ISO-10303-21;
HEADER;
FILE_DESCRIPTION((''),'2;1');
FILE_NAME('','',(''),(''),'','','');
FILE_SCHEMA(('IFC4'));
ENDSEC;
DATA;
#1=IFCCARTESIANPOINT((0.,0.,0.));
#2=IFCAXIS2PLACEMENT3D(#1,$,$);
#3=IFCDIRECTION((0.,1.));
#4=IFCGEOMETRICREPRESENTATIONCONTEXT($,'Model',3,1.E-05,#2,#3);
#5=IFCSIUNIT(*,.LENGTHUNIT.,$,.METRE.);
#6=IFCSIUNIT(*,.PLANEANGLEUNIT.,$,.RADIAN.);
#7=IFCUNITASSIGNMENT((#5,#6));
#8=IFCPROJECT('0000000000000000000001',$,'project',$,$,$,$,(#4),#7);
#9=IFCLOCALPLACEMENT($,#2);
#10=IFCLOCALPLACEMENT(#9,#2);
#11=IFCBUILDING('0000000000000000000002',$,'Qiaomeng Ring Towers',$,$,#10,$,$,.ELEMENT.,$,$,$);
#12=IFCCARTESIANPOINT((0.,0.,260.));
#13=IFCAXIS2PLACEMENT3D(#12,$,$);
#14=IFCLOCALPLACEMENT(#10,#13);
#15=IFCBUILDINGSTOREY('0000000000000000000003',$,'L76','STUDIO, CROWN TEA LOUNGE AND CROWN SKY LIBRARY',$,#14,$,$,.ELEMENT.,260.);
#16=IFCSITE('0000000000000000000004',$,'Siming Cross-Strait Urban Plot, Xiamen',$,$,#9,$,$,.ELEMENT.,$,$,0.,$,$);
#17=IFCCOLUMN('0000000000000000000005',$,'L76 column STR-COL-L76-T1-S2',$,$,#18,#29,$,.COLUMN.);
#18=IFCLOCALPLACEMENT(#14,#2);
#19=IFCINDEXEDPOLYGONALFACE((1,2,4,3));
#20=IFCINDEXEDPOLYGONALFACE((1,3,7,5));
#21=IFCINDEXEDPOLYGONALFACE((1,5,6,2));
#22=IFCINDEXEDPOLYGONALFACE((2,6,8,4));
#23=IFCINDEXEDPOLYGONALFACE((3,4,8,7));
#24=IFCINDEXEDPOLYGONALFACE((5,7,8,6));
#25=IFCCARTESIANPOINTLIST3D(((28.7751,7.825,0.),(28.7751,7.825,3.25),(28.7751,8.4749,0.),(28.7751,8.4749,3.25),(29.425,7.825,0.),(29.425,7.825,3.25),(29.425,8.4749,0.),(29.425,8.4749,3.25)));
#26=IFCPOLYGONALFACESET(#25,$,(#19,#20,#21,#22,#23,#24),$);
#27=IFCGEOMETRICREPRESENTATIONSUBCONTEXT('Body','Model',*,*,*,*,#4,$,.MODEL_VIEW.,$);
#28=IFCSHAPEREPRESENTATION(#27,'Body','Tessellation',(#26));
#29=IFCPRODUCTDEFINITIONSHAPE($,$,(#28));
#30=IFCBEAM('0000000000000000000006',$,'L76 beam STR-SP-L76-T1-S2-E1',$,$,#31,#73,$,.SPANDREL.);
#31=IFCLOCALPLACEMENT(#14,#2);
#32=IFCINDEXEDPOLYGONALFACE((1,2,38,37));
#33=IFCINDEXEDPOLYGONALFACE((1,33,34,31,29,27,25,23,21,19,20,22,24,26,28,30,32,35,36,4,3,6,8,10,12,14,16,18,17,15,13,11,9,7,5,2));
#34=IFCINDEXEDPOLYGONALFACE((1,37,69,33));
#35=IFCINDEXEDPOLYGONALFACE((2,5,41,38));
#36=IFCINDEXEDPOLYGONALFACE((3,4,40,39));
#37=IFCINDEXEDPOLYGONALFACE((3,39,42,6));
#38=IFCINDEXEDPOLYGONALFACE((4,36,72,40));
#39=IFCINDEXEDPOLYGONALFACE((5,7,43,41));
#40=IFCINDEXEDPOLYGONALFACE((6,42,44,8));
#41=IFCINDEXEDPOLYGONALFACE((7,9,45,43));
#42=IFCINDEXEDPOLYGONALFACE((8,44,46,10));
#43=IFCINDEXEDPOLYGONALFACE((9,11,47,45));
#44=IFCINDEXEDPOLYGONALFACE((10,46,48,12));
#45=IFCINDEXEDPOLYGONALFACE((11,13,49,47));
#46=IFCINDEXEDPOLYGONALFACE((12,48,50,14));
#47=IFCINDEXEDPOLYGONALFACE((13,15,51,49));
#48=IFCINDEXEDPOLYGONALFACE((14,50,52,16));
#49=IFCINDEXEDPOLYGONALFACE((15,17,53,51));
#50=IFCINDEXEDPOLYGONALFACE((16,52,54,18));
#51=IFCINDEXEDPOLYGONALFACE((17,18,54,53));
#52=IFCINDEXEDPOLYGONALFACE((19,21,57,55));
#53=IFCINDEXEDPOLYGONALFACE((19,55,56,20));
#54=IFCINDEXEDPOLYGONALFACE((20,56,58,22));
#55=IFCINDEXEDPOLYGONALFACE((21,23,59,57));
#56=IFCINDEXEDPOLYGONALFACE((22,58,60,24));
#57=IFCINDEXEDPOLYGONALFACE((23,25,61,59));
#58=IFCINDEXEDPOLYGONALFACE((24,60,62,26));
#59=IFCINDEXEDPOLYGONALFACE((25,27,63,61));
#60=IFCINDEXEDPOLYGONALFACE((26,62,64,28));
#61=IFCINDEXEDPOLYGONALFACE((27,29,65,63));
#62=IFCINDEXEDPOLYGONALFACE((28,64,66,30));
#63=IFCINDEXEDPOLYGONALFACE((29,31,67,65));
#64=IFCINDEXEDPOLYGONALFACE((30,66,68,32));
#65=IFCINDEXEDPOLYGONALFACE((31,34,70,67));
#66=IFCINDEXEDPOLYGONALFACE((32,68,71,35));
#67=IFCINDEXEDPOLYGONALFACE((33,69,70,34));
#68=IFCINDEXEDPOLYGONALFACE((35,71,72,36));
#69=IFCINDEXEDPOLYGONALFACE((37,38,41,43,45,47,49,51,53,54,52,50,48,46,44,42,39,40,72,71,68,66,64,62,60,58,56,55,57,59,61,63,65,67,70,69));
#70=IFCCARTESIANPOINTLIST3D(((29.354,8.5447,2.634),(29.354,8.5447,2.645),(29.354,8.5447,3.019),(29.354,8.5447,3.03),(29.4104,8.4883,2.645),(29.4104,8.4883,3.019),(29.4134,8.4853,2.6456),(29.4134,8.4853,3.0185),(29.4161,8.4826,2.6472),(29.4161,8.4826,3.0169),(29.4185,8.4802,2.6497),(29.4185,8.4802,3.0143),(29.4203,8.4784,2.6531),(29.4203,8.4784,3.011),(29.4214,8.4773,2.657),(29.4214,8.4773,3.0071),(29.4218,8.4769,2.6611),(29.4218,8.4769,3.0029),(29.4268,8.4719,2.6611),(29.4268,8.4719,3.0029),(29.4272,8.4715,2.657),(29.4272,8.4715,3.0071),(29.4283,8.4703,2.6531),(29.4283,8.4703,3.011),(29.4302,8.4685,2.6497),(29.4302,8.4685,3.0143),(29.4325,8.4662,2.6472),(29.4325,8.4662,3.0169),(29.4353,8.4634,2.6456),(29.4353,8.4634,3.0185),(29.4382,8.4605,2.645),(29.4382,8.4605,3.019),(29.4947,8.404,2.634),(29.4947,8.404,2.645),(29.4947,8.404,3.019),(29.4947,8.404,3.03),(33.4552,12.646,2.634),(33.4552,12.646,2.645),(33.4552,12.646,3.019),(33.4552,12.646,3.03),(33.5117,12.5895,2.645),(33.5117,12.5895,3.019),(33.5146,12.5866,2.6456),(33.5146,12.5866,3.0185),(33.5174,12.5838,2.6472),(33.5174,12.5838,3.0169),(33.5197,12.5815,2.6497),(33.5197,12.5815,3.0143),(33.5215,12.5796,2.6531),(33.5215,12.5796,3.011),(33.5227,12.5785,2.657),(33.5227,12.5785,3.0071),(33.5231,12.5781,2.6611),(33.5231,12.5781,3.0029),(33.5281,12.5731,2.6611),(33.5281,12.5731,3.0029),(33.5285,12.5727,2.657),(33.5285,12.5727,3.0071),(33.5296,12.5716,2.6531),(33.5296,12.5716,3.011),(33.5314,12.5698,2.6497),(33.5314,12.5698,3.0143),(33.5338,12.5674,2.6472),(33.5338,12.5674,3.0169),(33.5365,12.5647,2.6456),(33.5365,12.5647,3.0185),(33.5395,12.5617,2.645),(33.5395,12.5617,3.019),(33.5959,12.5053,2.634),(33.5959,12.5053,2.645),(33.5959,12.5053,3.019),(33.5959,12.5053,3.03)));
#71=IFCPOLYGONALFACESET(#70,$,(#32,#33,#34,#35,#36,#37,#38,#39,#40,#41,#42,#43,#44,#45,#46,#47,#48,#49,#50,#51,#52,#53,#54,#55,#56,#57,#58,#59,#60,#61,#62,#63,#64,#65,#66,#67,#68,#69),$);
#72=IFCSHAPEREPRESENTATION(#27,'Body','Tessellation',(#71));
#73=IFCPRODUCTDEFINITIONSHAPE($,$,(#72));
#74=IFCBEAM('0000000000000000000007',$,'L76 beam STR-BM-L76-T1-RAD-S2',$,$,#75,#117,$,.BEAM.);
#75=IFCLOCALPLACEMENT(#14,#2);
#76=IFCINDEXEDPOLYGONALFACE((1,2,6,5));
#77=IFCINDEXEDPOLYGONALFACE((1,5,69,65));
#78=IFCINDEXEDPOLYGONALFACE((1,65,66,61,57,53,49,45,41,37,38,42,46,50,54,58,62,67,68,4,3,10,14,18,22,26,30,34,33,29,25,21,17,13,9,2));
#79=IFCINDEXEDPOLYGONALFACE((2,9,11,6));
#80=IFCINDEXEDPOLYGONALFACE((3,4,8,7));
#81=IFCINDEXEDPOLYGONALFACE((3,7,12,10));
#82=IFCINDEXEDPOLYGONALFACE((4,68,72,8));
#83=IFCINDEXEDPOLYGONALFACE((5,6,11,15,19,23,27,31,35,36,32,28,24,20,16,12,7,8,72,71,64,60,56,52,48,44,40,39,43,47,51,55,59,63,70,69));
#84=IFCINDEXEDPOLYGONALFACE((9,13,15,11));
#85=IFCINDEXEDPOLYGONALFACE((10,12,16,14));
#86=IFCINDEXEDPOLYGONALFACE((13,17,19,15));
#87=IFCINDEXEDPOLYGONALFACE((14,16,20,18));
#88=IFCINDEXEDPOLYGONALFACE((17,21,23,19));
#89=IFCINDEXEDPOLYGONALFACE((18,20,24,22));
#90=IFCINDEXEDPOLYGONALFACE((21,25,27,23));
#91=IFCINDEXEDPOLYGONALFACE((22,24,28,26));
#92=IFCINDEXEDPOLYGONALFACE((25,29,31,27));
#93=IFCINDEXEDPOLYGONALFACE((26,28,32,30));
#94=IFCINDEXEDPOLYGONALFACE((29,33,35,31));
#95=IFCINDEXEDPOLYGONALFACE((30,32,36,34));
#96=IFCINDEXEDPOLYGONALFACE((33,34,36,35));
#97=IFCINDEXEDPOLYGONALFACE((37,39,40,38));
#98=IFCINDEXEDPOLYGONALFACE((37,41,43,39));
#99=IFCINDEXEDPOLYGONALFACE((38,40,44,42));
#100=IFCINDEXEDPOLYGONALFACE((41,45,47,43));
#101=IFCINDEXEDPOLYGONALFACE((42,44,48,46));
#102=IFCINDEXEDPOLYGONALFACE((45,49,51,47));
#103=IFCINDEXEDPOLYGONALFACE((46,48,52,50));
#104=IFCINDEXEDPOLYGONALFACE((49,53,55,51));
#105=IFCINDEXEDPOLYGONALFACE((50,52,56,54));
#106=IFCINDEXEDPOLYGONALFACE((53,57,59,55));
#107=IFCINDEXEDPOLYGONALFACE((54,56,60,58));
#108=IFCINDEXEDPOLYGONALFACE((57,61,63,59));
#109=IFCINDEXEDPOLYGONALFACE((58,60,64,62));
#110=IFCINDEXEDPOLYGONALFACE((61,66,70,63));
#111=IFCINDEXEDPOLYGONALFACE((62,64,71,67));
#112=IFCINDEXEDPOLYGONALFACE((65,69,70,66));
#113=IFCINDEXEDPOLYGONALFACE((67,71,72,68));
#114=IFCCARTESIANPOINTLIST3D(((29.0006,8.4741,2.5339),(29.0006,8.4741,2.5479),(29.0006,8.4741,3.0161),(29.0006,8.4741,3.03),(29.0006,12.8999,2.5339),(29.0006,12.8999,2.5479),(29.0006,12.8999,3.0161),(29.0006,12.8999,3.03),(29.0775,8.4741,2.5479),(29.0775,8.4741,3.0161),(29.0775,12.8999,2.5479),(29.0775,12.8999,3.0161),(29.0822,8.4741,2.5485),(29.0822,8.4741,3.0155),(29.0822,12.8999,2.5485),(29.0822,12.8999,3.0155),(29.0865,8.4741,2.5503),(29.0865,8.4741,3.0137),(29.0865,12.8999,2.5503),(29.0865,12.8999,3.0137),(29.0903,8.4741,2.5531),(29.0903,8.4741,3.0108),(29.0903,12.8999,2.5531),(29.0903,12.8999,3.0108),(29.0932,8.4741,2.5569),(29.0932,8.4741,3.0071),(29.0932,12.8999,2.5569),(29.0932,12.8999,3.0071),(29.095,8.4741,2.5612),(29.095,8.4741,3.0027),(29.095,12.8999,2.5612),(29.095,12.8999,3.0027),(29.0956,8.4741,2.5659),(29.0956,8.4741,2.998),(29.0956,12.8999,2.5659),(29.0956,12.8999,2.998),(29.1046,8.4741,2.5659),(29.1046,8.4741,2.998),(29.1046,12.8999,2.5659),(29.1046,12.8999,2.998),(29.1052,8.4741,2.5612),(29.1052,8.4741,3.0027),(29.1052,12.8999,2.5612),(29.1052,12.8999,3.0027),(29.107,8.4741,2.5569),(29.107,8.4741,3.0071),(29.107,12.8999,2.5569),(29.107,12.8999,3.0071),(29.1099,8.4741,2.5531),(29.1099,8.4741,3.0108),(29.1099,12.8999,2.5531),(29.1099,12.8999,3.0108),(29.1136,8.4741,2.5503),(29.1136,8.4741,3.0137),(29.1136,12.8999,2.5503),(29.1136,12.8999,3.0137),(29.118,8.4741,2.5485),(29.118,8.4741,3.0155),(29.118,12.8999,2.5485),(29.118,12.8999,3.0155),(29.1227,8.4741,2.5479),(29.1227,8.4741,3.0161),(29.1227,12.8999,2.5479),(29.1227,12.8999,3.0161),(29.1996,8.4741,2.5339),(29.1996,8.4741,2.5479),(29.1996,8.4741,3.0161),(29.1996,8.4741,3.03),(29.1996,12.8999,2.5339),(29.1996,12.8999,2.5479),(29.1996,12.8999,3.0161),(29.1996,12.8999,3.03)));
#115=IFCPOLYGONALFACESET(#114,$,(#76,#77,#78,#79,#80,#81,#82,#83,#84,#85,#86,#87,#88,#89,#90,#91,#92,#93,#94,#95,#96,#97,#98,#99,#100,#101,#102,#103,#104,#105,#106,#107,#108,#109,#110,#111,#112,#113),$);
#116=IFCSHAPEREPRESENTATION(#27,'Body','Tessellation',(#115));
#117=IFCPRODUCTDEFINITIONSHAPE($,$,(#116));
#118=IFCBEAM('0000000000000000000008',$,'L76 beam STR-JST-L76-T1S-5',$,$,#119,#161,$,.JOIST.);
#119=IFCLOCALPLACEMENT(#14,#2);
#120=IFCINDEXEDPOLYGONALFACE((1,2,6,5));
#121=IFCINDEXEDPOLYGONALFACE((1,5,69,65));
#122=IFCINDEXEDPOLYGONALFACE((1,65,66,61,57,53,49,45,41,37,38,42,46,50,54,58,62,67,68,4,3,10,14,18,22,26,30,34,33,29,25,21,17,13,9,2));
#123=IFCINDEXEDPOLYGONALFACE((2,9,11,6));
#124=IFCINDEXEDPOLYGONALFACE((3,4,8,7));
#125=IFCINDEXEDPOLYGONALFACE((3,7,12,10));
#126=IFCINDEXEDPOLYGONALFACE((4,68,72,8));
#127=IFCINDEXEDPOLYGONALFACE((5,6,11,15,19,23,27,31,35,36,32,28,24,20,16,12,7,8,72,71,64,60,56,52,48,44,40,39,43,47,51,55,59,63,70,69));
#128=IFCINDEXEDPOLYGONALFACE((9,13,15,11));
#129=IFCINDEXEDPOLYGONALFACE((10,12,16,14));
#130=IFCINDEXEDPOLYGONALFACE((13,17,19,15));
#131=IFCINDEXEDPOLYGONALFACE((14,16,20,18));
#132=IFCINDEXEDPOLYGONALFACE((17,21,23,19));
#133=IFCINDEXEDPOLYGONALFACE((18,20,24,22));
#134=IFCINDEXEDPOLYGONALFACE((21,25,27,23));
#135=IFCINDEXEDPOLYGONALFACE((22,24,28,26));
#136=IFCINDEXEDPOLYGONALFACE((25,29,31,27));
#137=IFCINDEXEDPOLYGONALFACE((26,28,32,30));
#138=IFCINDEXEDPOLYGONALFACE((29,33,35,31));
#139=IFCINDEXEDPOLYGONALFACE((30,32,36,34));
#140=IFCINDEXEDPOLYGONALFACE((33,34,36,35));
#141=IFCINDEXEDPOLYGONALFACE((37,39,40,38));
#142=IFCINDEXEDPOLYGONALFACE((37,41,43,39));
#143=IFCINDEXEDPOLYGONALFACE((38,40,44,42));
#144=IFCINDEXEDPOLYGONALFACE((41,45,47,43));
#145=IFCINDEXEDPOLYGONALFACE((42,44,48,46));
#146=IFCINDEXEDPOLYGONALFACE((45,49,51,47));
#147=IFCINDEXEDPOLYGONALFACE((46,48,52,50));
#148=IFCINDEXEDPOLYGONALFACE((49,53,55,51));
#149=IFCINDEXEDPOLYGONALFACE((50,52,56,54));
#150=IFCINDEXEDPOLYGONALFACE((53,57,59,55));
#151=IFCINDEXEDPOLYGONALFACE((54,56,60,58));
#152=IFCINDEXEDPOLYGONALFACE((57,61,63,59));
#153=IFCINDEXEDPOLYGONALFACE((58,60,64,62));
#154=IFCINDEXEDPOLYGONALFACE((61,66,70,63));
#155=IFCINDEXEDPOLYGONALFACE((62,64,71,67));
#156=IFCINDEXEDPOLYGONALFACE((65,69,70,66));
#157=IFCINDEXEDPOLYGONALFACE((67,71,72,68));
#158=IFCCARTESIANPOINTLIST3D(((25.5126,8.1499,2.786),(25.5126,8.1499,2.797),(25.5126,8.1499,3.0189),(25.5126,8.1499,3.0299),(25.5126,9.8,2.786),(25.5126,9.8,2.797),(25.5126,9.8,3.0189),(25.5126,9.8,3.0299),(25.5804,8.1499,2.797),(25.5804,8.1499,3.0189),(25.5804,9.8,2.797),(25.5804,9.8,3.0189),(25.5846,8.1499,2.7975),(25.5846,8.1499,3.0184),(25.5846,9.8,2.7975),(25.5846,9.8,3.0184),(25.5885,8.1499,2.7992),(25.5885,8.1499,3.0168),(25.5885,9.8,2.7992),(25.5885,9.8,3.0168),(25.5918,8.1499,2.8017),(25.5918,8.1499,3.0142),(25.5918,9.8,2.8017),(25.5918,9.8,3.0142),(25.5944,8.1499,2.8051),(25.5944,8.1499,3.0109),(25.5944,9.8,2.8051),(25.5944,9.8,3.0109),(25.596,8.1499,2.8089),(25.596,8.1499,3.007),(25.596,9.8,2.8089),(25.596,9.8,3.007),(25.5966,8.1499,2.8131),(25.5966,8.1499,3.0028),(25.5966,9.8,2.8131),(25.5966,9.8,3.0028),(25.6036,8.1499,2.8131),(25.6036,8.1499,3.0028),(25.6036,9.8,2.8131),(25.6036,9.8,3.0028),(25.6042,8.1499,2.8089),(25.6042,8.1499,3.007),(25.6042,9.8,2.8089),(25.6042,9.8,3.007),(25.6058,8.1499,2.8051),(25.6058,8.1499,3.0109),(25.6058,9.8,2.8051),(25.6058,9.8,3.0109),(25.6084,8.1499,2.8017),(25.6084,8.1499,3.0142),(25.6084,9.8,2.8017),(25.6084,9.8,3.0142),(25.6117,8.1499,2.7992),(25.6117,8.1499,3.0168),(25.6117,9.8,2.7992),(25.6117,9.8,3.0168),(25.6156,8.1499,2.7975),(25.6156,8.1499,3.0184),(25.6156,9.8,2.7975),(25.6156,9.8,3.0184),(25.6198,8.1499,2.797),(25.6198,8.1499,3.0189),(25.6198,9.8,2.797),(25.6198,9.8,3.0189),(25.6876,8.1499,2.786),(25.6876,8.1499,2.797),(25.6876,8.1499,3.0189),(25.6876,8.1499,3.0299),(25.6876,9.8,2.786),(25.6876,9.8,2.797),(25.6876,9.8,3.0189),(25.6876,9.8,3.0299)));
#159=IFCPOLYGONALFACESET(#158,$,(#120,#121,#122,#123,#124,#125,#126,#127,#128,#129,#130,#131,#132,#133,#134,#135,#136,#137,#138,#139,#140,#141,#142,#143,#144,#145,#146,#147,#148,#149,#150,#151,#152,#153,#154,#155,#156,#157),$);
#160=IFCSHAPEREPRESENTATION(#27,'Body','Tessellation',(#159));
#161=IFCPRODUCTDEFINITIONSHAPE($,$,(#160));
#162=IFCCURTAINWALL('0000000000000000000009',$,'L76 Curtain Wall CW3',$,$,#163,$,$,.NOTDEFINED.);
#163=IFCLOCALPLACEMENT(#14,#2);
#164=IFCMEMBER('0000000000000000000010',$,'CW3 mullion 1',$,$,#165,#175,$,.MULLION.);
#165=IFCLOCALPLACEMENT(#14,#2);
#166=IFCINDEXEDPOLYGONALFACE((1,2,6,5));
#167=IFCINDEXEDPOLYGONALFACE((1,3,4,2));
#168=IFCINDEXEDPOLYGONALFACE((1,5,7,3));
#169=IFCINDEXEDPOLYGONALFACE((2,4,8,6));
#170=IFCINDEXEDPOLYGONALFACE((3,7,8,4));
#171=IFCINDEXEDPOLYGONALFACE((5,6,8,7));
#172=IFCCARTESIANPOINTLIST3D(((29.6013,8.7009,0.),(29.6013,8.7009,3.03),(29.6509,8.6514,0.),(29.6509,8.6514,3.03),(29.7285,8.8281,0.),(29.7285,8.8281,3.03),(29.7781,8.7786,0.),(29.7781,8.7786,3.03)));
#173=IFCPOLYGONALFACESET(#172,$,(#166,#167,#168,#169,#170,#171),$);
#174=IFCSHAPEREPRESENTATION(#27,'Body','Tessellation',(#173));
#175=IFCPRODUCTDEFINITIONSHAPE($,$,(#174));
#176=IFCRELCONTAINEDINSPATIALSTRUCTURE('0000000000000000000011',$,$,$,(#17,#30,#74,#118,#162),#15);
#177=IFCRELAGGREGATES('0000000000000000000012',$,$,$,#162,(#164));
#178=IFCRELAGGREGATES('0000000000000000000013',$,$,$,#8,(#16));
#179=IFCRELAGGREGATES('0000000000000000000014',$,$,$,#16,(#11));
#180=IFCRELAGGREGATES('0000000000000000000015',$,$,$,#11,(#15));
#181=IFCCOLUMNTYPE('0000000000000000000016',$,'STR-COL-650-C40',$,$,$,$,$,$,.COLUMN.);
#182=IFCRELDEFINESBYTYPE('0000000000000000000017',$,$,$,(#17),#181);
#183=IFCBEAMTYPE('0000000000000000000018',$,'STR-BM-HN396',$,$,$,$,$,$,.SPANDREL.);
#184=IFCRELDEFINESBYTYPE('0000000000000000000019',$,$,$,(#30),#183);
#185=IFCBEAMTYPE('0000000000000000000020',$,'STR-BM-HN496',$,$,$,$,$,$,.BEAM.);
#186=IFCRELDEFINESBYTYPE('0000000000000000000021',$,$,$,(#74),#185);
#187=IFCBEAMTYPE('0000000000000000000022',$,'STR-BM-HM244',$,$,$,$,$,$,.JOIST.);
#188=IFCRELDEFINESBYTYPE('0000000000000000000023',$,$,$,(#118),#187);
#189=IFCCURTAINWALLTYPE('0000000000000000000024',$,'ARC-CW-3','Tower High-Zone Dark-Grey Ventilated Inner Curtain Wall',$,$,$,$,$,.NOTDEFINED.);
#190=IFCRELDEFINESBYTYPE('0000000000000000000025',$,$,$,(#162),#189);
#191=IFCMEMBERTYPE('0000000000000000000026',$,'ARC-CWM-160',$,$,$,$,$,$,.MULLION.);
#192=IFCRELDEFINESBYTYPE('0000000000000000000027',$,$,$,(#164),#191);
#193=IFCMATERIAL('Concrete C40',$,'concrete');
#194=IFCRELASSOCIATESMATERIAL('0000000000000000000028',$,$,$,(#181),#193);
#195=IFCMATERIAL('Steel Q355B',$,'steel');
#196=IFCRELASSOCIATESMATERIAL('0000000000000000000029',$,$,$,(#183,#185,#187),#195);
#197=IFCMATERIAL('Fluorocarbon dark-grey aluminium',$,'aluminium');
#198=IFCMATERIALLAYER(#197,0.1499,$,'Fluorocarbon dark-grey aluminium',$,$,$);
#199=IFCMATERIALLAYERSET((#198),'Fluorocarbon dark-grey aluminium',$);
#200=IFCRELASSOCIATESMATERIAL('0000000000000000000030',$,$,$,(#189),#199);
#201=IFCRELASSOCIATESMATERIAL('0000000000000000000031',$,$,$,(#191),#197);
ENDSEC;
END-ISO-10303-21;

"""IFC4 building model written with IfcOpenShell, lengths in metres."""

from ifc_helpers import new_model, si_unit, direction, frame, origin, origin_2d, place, context, subcontext, project, spatial, rectangle, i_section, extrude, source, transform, mapped, material, layer, layer_set, material_profile, profile_set, type_object, element, aggregate, save


model = new_model("IFC4")

# Units and contexts
model_context = context("Model", 3, precision=1e-05, world=origin(), true_north=direction((0.0, 1.0)))
body_context = subcontext(model_context, "Body", "Model", "MODEL_VIEW")
ifc_project = project(units=[si_unit("LENGTHUNIT", "METRE"), si_unit("PLANEANGLEUNIT", "RADIAN")], contexts=[model_context])

# Site, building, storey
site_placement = place(None, origin())
site = spatial("IfcSite", under=ifc_project, at=site_placement, Name="Siming Cross-Strait Urban Plot, Xiamen", CompositionType="ELEMENT", RefElevation=0.0)
building_placement = place(site_placement, origin())
building = spatial("IfcBuilding", under=site, at=building_placement, Name="Qiaomeng Ring Towers", CompositionType="ELEMENT")
storey_placement = place(building_placement, frame((0.0, 0.0, 260.0)))
storey = spatial("IfcBuildingStorey", under=building, at=storey_placement, Name="L76", Description="STUDIO, CROWN TEA LOUNGE AND CROWN SKY LIBRARY", CompositionType="ELEMENT", Elevation=260.0)

# Column
ifc_material_1 = material(Name="Concrete C40", Category="concrete")
ifc_material_profile_1 = material_profile(ifc_material_1, rectangle(XDim=0.6499, YDim=0.6499, at=origin_2d()), Name="RC COL 650x650")
ifc_profile_set_1 = profile_set([ifc_material_profile_1], Name="Concrete C40")
column_type = type_object("IfcColumnType", Name="STR-COL-650-C40", PredefinedType="COLUMN", material=ifc_profile_set_1)
shared_shape_1 = source(origin(), body_context, "Body", "SweptSolid", [
    extrude(rectangle(XDim=0.6499, YDim=0.6499, at=origin_2d()), origin(), (0.0, 0.0, 1.0), 3.25),
])
column_placement = place(storey_placement, frame((29.1001, 8.1499, 0.0), z_axis=(0.0, 0.0, 1.0), x_axis=(1.0, 0.0, 0.0)))
element("IfcColumn", 1, at=column_placement, inside=storey, type_object=column_type, Name="L76 column STR-COL-L76-T1-S2", PredefinedType="COLUMN", context=body_context, shape_type="MappedRepresentation", body=[
    mapped(shared_shape_1, transform((0.0, 0.0, 0.0), x_axis=(1.0, 0.0, 0.0), y_axis=(0.0, 1.0, 0.0), z_axis=(0.0, 0.0, 1.0), scale=1.0)),
])

# Beams
ifc_material_2 = material(Name="Steel Q355B", Category="steel")
ifc_material_profile_2 = material_profile(ifc_material_2, i_section(OverallWidth=0.199, OverallDepth=0.396, WebThickness=0.0071, FlangeThickness=0.011, FilletRadius=0.0161, at=origin_2d()), Name="HN 396x199x7x11")
ifc_profile_set_2 = profile_set([ifc_material_profile_2], Name="Steel Q355B")
beam_type_1 = type_object("IfcBeamType", Name="STR-BM-HN396", PredefinedType="SPANDREL", material=ifc_profile_set_2)
shared_shape_2 = source(origin(), body_context, "Body", "SweptSolid", [
    extrude(i_section(OverallWidth=0.199, OverallDepth=0.396, WebThickness=0.0071, FlangeThickness=0.011, FilletRadius=0.0161, at=origin_2d()), origin(), (0.0, 0.0, 1.0), 5.8),
])
beam_1_placement = place(storey_placement, frame((29.4243, 8.4744, 2.832), z_axis=(0.707107, 0.707107, 0.0), x_axis=(-0.707107, 0.707107, 0.0)))
element("IfcBeam", 2, at=beam_1_placement, inside=storey, type_object=beam_type_1, Name="L76 beam STR-SP-L76-T1-S2-E1", PredefinedType="SPANDREL", context=body_context, shape_type="MappedRepresentation", body=[
    mapped(shared_shape_2, transform((0.0, 0.0, 0.0), x_axis=(1.0, 0.0, 0.0), y_axis=(0.0, 1.0, 0.0), z_axis=(0.0, 0.0, 1.0), scale=1.0)),
])
ifc_material_profile_3 = material_profile(ifc_material_2, i_section(OverallWidth=0.199, OverallDepth=0.4961, WebThickness=0.009, FlangeThickness=0.0139, FilletRadius=0.0181, at=origin_2d()), Name="HN 496x199x9x14")
ifc_profile_set_3 = profile_set([ifc_material_profile_3], Name="Steel Q355B")
beam_type_2 = type_object("IfcBeamType", Name="STR-BM-HN496", PredefinedType="BEAM", material=ifc_profile_set_3)
shared_shape_3 = source(origin(), body_context, "Body", "SweptSolid", [
    extrude(i_section(OverallWidth=0.199, OverallDepth=0.4961, WebThickness=0.009, FlangeThickness=0.0139, FilletRadius=0.0181, at=origin_2d()), origin(), (0.0, 0.0, 1.0), 4.4258),
])
beam_2_placement = place(storey_placement, frame((29.1001, 8.4741, 2.782), z_axis=(0.0, 1.0, 0.0), x_axis=(-1.0, 0.0, 0.0)))
element("IfcBeam", 3, at=beam_2_placement, inside=storey, type_object=beam_type_2, Name="L76 beam STR-BM-L76-T1-RAD-S2", PredefinedType="BEAM", context=body_context, shape_type="MappedRepresentation", body=[
    mapped(shared_shape_3, transform((0.0, 0.0, 0.0), x_axis=(1.0, 0.0, 0.0), y_axis=(0.0, 1.0, 0.0), z_axis=(0.0, 0.0, 1.0), scale=1.0)),
])
ifc_material_profile_4 = material_profile(ifc_material_2, i_section(OverallWidth=0.175, OverallDepth=0.2439, WebThickness=0.0071, FlangeThickness=0.011, FilletRadius=0.0161, at=origin_2d()), Name="HM 244x175x7x11")
ifc_profile_set_4 = profile_set([ifc_material_profile_4], Name="Steel Q355B")
beam_type_3 = type_object("IfcBeamType", Name="STR-BM-HM244", PredefinedType="JOIST", material=ifc_profile_set_4)
shared_shape_4 = source(origin(), body_context, "Body", "SweptSolid", [
    extrude(i_section(OverallWidth=0.175, OverallDepth=0.2439, WebThickness=0.0071, FlangeThickness=0.011, FilletRadius=0.0161, at=origin_2d()), origin(), (0.0, 0.0, 1.0), 1.6501),
])
beam_3_placement = place(storey_placement, frame((25.6001, 8.1499, 2.908), z_axis=(0.0, 1.0, 0.0), x_axis=(-1.0, 0.0, 0.0)))
element("IfcBeam", 4, at=beam_3_placement, inside=storey, type_object=beam_type_3, Name="L76 beam STR-JST-L76-T1S-5", PredefinedType="JOIST", context=body_context, shape_type="MappedRepresentation", body=[
    mapped(shared_shape_4, transform((0.0, 0.0, 0.0), x_axis=(1.0, 0.0, 0.0), y_axis=(0.0, 1.0, 0.0), z_axis=(0.0, 0.0, 1.0), scale=1.0)),
])

# Curtain wall, member
ifc_material_3 = material(Name="Fluorocarbon dark-grey aluminium", Category="aluminium")
ifc_layer_1 = layer(ifc_material_3, 0.1499, Name="Fluorocarbon dark-grey aluminium")
ifc_layer_set_1 = layer_set([ifc_layer_1], Name="Fluorocarbon dark-grey aluminium")
curtain_wall_type = type_object("IfcCurtainWallType", Name="ARC-CW-3", Description="Tower High-Zone Dark-Grey Ventilated Inner Curtain Wall", PredefinedType="NOTDEFINED", material=ifc_layer_set_1)
curtain_wall_placement = place(storey_placement, origin())
curtain_wall = element("IfcCurtainWall", 5, at=curtain_wall_placement, inside=storey, type_object=curtain_wall_type, Name="L76 Curtain Wall CW3", PredefinedType="NOTDEFINED")
ifc_material_profile_5 = material_profile(ifc_material_3, rectangle(XDim=0.0701, YDim=0.1799, at=origin_2d()), Name="ALU MULL 70x180")
ifc_profile_set_5 = profile_set([ifc_material_profile_5], Name="Fluorocarbon dark-grey aluminium")
member_type_1 = type_object("IfcMemberType", Name="ARC-CWM-160", PredefinedType="MULLION", material=ifc_profile_set_5)
shared_shape_5 = source(origin(), body_context, "Body", "SweptSolid", [
    extrude(rectangle(XDim=0.0701, YDim=0.1799, at=origin_2d()), origin(), (0.0, 0.0, 1.0), 3.03),
])
member_1_placement = place(storey_placement, frame((29.6897, 8.7397, 0.0), z_axis=(0.0, 0.0, 1.0), x_axis=(-0.707107, 0.707107, 0.0)))
member_1 = element("IfcMember", 6, at=member_1_placement, type_object=member_type_1, Name="CW3 mullion 1", PredefinedType="MULLION", context=body_context, shape_type="MappedRepresentation", body=[
    mapped(shared_shape_5, transform((0.0, 0.0, 0.0), x_axis=(1.0, 0.0, 0.0), y_axis=(0.0, 1.0, 0.0), z_axis=(0.0, 0.0, 1.0), scale=1.0)),
])
aggregate(curtain_wall, [member_1])

save(model, "model.ifc")
